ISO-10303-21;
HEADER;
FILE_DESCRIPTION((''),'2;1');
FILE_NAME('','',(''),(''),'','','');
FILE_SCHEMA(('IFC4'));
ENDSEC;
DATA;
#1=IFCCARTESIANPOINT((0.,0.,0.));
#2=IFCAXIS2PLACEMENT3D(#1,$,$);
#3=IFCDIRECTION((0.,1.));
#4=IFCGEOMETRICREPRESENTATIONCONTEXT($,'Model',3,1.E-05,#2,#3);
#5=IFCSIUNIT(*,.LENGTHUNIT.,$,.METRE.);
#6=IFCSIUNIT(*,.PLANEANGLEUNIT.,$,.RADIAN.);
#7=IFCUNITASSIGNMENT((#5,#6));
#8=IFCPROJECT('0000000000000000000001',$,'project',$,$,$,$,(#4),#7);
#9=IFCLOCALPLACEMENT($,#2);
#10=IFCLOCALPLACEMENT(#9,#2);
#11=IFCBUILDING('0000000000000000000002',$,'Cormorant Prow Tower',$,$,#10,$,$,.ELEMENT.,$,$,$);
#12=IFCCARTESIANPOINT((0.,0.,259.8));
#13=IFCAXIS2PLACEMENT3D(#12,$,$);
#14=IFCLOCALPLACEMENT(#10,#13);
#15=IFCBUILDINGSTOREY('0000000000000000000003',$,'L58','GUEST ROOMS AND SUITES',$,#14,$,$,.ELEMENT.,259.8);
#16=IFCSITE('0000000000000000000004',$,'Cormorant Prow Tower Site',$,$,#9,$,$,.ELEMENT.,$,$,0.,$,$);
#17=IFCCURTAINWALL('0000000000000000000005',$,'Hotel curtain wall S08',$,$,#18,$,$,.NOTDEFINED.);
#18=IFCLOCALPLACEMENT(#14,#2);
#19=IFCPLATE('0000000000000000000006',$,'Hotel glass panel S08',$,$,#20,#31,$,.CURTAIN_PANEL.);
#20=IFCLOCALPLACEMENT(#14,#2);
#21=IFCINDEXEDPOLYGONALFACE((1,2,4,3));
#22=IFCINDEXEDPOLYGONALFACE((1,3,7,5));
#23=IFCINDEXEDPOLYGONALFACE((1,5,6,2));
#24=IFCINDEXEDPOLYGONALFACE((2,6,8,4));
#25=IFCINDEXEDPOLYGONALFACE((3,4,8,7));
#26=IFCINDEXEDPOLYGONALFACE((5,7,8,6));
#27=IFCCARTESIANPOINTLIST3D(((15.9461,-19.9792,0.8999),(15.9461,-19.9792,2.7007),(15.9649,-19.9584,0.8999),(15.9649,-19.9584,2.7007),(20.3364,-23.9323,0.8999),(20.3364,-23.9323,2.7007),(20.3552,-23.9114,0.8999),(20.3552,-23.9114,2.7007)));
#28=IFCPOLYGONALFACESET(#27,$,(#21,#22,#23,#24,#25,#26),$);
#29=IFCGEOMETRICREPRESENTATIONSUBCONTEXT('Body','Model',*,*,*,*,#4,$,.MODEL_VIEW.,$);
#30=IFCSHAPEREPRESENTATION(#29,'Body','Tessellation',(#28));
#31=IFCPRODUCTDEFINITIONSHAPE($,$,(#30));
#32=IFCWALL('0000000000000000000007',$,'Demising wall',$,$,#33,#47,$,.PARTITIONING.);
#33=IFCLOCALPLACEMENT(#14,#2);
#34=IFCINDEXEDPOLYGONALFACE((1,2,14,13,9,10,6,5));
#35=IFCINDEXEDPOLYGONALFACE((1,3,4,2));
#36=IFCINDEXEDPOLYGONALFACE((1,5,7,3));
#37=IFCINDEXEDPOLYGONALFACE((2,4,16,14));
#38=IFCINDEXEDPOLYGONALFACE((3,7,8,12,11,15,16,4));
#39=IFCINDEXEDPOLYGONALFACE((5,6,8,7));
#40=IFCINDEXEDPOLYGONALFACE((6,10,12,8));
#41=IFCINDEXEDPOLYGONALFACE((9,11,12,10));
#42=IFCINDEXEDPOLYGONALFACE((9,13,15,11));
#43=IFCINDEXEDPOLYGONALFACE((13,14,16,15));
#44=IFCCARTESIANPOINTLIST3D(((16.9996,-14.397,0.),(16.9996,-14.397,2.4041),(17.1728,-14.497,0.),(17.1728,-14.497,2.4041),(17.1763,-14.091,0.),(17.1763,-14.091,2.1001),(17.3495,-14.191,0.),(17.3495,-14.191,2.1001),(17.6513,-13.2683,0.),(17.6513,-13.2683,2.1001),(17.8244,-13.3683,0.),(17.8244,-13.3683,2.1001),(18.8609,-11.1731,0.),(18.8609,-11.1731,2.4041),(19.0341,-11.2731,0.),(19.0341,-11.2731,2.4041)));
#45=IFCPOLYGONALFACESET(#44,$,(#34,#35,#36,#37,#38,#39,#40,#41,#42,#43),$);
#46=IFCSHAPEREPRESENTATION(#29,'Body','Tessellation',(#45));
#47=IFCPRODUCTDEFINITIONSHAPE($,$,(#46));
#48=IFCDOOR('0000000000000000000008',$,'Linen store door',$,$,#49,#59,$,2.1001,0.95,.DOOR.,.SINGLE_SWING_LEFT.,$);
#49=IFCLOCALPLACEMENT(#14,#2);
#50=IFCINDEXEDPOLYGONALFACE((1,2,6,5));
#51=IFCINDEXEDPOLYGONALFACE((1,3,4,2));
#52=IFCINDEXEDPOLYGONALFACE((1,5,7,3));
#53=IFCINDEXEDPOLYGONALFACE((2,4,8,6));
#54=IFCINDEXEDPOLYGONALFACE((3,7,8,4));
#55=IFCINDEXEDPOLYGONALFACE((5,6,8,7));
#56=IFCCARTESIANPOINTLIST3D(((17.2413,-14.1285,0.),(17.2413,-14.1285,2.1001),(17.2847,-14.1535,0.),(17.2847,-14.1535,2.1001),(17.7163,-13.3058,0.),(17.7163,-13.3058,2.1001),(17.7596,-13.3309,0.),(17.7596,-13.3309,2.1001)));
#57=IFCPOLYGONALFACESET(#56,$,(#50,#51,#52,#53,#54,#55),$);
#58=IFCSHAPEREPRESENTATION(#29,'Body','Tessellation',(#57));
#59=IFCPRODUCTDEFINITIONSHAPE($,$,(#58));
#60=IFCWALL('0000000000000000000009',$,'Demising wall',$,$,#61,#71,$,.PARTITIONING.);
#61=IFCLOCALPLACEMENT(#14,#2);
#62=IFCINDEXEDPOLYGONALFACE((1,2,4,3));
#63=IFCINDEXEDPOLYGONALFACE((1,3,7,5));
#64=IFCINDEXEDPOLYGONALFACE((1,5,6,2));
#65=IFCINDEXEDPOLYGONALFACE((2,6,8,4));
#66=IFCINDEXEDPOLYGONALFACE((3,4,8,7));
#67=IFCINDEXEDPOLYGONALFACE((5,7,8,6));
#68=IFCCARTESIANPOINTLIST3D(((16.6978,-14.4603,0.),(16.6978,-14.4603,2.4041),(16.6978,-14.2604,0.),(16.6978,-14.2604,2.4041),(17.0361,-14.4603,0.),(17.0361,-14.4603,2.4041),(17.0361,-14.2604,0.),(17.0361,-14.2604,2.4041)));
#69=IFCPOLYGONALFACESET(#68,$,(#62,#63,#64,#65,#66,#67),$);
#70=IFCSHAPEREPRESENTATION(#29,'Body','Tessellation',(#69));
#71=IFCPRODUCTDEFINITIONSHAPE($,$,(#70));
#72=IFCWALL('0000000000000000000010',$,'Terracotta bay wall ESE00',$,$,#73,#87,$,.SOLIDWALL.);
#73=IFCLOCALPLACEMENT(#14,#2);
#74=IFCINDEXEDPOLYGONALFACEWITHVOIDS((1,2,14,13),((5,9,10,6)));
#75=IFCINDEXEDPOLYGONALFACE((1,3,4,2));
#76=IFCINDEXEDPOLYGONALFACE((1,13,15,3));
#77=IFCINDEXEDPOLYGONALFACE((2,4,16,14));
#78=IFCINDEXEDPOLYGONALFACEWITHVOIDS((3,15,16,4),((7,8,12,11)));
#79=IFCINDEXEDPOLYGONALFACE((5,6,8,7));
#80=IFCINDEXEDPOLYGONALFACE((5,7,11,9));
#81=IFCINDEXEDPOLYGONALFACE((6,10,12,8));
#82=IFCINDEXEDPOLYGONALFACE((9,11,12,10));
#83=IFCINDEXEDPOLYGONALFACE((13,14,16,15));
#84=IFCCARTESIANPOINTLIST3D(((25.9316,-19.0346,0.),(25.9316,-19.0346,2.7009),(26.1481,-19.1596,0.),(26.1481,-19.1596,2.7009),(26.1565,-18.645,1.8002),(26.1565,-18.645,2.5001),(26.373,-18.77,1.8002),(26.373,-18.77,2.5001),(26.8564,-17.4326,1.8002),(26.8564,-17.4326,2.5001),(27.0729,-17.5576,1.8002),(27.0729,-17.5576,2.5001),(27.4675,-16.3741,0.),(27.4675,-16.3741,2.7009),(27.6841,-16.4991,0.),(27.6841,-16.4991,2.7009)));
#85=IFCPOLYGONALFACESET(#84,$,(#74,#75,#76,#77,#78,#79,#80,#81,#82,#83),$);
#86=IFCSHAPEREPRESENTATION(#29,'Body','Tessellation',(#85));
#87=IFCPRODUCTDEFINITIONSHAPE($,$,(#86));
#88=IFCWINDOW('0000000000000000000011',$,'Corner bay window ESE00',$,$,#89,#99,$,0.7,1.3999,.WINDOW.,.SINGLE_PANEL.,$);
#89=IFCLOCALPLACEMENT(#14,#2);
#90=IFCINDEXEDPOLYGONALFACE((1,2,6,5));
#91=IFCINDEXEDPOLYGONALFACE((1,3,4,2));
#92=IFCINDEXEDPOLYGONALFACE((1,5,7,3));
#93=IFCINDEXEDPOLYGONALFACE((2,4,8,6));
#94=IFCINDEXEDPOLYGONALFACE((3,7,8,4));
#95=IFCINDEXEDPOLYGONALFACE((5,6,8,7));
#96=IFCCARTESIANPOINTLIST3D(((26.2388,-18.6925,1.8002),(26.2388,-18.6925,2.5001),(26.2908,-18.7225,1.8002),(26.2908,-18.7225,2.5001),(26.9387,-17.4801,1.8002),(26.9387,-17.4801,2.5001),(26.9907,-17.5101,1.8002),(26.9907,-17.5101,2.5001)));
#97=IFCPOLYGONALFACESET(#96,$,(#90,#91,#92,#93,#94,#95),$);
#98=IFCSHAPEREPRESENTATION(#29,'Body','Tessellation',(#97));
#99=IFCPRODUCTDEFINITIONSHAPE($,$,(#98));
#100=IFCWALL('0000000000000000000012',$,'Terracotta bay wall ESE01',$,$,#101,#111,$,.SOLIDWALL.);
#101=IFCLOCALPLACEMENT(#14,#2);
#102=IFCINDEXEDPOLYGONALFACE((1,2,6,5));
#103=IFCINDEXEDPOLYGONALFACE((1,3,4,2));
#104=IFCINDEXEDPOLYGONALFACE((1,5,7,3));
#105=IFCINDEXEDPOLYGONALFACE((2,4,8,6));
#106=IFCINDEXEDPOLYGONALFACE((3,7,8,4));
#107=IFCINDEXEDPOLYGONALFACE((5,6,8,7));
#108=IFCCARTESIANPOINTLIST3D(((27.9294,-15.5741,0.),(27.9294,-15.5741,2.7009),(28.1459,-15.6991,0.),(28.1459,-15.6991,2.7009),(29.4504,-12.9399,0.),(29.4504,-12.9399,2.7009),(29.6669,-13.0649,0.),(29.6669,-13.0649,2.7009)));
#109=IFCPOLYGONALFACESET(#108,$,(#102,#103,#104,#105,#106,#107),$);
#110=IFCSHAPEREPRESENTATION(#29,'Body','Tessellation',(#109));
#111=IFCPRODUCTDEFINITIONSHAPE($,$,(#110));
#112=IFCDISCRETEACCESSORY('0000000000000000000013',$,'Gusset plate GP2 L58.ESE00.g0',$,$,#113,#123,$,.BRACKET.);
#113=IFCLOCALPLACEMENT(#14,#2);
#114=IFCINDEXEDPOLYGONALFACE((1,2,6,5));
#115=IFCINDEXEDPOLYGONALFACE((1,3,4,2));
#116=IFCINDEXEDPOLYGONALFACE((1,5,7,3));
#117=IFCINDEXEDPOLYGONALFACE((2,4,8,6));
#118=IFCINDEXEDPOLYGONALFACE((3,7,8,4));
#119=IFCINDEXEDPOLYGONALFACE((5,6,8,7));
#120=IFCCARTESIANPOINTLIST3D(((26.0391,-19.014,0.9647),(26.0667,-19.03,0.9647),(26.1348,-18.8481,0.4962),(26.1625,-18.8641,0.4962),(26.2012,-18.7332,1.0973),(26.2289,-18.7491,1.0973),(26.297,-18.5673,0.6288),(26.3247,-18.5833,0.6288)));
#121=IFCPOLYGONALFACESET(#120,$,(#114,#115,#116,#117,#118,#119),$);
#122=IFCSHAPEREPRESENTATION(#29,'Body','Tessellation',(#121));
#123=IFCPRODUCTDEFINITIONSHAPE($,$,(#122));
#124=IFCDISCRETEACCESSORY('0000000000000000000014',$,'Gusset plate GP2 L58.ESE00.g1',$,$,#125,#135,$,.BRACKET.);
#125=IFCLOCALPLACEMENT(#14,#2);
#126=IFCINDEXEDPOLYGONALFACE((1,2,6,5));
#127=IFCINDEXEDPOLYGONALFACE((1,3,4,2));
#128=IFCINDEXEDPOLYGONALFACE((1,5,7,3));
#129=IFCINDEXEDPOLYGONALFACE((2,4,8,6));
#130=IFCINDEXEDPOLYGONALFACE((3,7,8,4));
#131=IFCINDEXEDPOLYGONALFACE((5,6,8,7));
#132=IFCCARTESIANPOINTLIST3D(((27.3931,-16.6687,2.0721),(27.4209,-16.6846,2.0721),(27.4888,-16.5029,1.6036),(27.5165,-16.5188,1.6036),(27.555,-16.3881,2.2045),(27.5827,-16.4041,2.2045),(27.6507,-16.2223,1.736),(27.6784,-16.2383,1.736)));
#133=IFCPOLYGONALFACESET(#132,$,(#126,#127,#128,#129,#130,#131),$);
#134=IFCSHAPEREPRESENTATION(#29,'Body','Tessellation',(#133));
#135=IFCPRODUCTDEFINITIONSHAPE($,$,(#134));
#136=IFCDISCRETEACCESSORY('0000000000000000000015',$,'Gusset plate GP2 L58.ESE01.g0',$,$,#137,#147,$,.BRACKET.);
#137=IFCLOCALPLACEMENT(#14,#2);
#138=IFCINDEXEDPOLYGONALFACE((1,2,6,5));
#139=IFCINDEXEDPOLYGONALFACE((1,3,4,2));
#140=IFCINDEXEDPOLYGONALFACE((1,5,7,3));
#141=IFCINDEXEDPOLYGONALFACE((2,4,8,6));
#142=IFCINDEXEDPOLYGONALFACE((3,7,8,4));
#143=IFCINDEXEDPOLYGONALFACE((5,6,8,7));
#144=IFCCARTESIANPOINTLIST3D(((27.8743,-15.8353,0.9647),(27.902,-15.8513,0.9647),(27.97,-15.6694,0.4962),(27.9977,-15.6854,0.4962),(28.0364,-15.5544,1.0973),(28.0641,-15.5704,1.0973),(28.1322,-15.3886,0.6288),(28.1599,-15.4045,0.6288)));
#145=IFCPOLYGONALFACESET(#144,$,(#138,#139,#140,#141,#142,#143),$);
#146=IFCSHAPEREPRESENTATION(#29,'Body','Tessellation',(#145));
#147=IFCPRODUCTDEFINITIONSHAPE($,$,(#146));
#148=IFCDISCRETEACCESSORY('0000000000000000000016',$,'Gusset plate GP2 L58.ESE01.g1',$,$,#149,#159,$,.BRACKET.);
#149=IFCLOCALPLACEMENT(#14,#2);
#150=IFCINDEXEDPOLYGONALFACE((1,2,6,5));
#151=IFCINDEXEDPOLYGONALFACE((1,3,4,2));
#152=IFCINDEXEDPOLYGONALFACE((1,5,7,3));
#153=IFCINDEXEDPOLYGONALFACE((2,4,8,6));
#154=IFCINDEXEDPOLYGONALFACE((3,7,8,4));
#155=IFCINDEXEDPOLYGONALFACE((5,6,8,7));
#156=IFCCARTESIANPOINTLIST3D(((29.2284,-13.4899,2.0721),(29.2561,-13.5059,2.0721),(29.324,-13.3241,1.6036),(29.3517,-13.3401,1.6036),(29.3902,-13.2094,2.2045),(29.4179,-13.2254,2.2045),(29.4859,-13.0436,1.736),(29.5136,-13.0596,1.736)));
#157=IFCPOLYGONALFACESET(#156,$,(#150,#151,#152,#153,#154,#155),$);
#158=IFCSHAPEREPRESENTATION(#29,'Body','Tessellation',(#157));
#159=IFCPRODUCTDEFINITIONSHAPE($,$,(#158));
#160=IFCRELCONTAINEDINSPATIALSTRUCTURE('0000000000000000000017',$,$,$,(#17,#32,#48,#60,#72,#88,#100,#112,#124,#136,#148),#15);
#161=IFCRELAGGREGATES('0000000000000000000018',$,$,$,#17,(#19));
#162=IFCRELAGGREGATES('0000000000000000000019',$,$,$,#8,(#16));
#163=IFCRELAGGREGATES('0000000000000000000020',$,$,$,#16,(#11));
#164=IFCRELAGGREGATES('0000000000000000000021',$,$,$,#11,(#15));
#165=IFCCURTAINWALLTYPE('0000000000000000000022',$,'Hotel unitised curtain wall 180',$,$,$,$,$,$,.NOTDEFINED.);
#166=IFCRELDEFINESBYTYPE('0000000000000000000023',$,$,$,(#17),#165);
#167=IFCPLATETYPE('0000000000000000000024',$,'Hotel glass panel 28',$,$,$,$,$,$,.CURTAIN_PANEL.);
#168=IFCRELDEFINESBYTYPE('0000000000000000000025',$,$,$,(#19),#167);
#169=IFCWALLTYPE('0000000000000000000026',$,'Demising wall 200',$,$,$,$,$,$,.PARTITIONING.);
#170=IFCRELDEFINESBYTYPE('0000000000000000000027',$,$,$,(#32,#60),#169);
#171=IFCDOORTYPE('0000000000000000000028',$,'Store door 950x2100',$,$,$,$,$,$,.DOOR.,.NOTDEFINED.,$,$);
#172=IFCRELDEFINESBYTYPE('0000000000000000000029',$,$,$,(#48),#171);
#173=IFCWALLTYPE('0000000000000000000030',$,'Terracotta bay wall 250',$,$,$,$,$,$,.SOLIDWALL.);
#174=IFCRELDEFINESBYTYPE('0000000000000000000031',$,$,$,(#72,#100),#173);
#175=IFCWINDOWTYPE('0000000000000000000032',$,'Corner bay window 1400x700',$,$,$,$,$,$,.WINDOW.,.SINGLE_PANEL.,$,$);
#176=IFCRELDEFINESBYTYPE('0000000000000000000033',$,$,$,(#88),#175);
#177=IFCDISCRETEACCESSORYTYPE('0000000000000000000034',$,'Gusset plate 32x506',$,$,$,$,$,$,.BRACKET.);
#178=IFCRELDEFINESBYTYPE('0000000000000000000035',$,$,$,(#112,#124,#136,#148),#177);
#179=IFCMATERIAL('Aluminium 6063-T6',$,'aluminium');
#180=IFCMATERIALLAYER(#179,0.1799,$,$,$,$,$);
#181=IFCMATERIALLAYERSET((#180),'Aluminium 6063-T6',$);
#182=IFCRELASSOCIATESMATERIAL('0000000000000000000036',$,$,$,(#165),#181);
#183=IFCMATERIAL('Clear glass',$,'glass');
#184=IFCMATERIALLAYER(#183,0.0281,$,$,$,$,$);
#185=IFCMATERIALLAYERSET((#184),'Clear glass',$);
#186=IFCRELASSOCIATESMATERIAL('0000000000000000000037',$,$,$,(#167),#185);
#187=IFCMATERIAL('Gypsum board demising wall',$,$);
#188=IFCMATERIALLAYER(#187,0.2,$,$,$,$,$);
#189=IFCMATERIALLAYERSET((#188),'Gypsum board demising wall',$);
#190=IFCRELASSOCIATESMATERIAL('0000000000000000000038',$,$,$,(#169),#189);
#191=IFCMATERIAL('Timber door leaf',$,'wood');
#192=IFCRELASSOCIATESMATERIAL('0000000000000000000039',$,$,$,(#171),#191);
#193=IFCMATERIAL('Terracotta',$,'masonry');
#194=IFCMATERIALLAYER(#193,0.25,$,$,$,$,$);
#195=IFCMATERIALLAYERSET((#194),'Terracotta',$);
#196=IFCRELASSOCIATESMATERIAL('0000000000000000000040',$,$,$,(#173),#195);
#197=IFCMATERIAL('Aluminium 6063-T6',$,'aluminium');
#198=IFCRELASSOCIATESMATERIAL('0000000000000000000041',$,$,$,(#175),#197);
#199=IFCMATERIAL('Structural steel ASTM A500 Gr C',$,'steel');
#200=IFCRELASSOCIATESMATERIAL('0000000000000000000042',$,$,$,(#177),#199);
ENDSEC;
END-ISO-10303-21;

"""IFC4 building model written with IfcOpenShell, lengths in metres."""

from ifc_helpers import new_model, si_unit, direction, frame, frame_2d, origin, origin_2d, place, context, subcontext, project, spatial, rectangle, extrude, material, layer, layer_set, material_profile, profile_set, type_object, element, fill, aggregate, save


model = new_model("IFC4")

# Units and contexts
model_context = context("Model", 3, precision=1e-05, world=origin(), true_north=direction((0.0, 1.0)))
body_context = subcontext(model_context, "Body", "Model", "MODEL_VIEW")
ifc_project = project(units=[si_unit("LENGTHUNIT", "METRE"), si_unit("PLANEANGLEUNIT", "RADIAN")], contexts=[model_context])

# Site, building, storey
site_placement = place(None, origin())
site = spatial("IfcSite", under=ifc_project, at=site_placement, Name="Cormorant Prow Tower Site", CompositionType="ELEMENT", RefElevation=0.0)
building_placement = place(site_placement, origin())
building = spatial("IfcBuilding", under=site, at=building_placement, Name="Cormorant Prow Tower", CompositionType="ELEMENT")
storey_placement = place(building_placement, frame((0.0, 0.0, 259.8)))
storey = spatial("IfcBuildingStorey", under=building, at=storey_placement, Name="L58", Description="GUEST ROOMS AND SUITES", CompositionType="ELEMENT", Elevation=259.8)

# Curtain wall
ifc_material_1 = material(Name="Aluminium 6063-T6", Category="aluminium")
ifc_layer_1 = layer(ifc_material_1, 0.1799)
ifc_layer_set_1 = layer_set([ifc_layer_1], Name="Aluminium 6063-T6")
curtain_wall_type = type_object("IfcCurtainWallType", Name="Hotel unitised curtain wall 180", PredefinedType="NOTDEFINED", material=ifc_layer_set_1)
curtain_wall_placement = place(storey_placement, origin())
curtain_wall = element("IfcCurtainWall", 1, at=curtain_wall_placement, inside=storey, type_object=curtain_wall_type, Name="Hotel curtain wall S08", PredefinedType="NOTDEFINED")

# Plate
ifc_material_2 = material(Name="Clear glass", Category="glass")
ifc_layer_2 = layer(ifc_material_2, 0.0281)
ifc_layer_set_2 = layer_set([ifc_layer_2], Name="Clear glass")
plate_type = type_object("IfcPlateType", Name="Hotel glass panel 28", PredefinedType="CURTAIN_PANEL", material=ifc_layer_set_2)
plate_placement = place(storey_placement, frame((18.1506, -21.9453, 0.8999), z_axis=(0.0, 0.0, 1.0), x_axis=(0.743145, -0.669131, 0.0)))
plate = element("IfcPlate", 2, at=plate_placement, type_object=plate_type, Name="Hotel glass panel S08", PredefinedType="CURTAIN_PANEL", context=body_context, shape_type="SweptSolid", body=[
    extrude(rectangle(XDim=5.9077, YDim=0.0281, at=origin_2d()), origin(), (0.0, 0.0, 1.0), 1.8008),
])
aggregate(curtain_wall, [plate])

# Wall, opening, door
ifc_material_3 = material(Name="Gypsum board demising wall")
ifc_layer_3 = layer(ifc_material_3, 0.2)
ifc_layer_set_3 = layer_set([ifc_layer_3], Name="Gypsum board demising wall")
wall_type_1 = type_object("IfcWallType", Name="Demising wall 200", PredefinedType="PARTITIONING", material=ifc_layer_set_3)
wall_1_placement = place(storey_placement, frame((17.0862, -14.447, 0.0), z_axis=(0.0, 0.0, 1.0), x_axis=(0.500004, 0.866023, 0.0)))
wall_1 = element("IfcWall", 3, at=wall_1_placement, inside=storey, type_object=wall_type_1, Name="Demising wall", PredefinedType="PARTITIONING", context=body_context, shape_type="SweptSolid", body=[
    extrude(rectangle(XDim=3.7227, YDim=0.2, at=frame_2d((1.8613, 0.0))), origin(), (0.0, 0.0, 1.0), 2.4041),
])
opening_1_placement = place(wall_1_placement, frame((0.3533, 0.0, 0.0)))
opening_1 = element("IfcOpeningElement", 4, at=opening_1_placement, cuts=wall_1, PredefinedType="OPENING", context=body_context, shape_type="SweptSolid", body=[
    extrude(rectangle(XDim=0.95, YDim=2.1001, at=frame_2d((0.4751, 1.05))), frame((0.0, 0.1099, 0.0), z_axis=(0.0, -1.0, 0.0), x_axis=(1.0, 0.0, 0.0)), (0.0, 0.0, 1.0), 0.22),
])
ifc_material_4 = material(Name="Timber door leaf", Category="wood")
door_type_1 = type_object("IfcDoorType", Name="Store door 950x2100", OperationType="NOTDEFINED", PredefinedType="DOOR", material=ifc_material_4)
door_1_placement = place(opening_1_placement, origin())
door_1 = element("IfcDoor", 5, at=door_1_placement, inside=storey, type_object=door_type_1, Name="Linen store door", OperationType="SINGLE_SWING_LEFT", OverallHeight=2.1001, OverallWidth=0.95, PredefinedType="DOOR", context=body_context, shape_type="SweptSolid", body=[
    extrude(rectangle(XDim=0.95, YDim=2.1001, at=frame_2d((0.4751, 1.05))), frame((0.0, 0.0249, 0.0), z_axis=(0.0, -1.0, 0.0), x_axis=(1.0, 0.0, 0.0)), (0.0, 0.0, 1.0), 0.05),
])
fill(opening_1, door_1)

# Wall
wall_2_placement = place(storey_placement, frame((16.6978, -14.3604, 0.0), z_axis=(0.0, 0.0, 1.0), x_axis=(1.0, 0.0, 0.0)))
element("IfcWall", 6, at=wall_2_placement, inside=storey, type_object=wall_type_1, Name="Demising wall", PredefinedType="PARTITIONING", context=body_context, shape_type="SweptSolid", body=[
    extrude(rectangle(XDim=0.3384, YDim=0.2, at=frame_2d((0.1692, 0.0))), origin(), (0.0, 0.0, 1.0), 2.4041),
])

# Wall, opening, window
ifc_material_5 = material(Name="Terracotta", Category="masonry")
ifc_layer_4 = layer(ifc_material_5, 0.25)
ifc_layer_set_4 = layer_set([ifc_layer_4], Name="Terracotta")
wall_type_2 = type_object("IfcWallType", Name="Terracotta bay wall 250", PredefinedType="SOLIDWALL", material=ifc_layer_set_4)
wall_3_placement = place(storey_placement, frame((26.0398, -19.0972, 0.0), z_axis=(0.0, 0.0, 1.0), x_axis=(0.499977, 0.866039, 0.0)))
wall_3 = element("IfcWall", 7, at=wall_3_placement, inside=storey, type_object=wall_type_2, Name="Terracotta bay wall ESE00", PredefinedType="SOLIDWALL", context=body_context, shape_type="SweptSolid", body=[
    extrude(rectangle(XDim=3.072, YDim=0.25, at=frame_2d((1.5361, 0.0))), origin(), (0.0, 0.0, 1.0), 2.7009),
])
opening_2_placement = place(wall_3_placement, frame((0.45, 0.0, 1.8)))
opening_2 = element("IfcOpeningElement", 8, at=opening_2_placement, cuts=wall_3, PredefinedType="OPENING", context=body_context, shape_type="SweptSolid", body=[
    extrude(rectangle(XDim=1.3999, YDim=0.7, at=frame_2d((0.7, 0.3501))), frame((0.0, 0.135, 0.0), z_axis=(0.0, -1.0, 0.0), x_axis=(1.0, 0.0, 0.0)), (0.0, 0.0, 1.0), 0.27),
])
ifc_material_6 = material(Name="Aluminium 6063-T6", Category="aluminium")
window_type = type_object("IfcWindowType", Name="Corner bay window 1400x700", PartitioningType="SINGLE_PANEL", PredefinedType="WINDOW", material=ifc_material_6)
window_placement = place(opening_2_placement, origin())
window = element("IfcWindow", 9, at=window_placement, inside=storey, type_object=window_type, Name="Corner bay window ESE00", OverallHeight=0.7, OverallWidth=1.3999, PartitioningType="SINGLE_PANEL", PredefinedType="WINDOW", context=body_context, shape_type="SweptSolid", body=[
    extrude(rectangle(XDim=1.3999, YDim=0.7, at=frame_2d((0.7, 0.3501))), frame((0.0, 0.03, 0.0), z_axis=(0.0, -1.0, 0.0), x_axis=(1.0, 0.0, 0.0)), (0.0, 0.0, 1.0), 0.0601),
])
fill(opening_2, window)

# Wall
wall_4_placement = place(storey_placement, frame((28.0376, -15.6367, 0.0), z_axis=(0.0, 0.0, 1.0), x_axis=(0.500024, 0.866012, 0.0)))
element("IfcWall", 10, at=wall_4_placement, inside=storey, type_object=wall_type_2, Name="Terracotta bay wall ESE01", PredefinedType="SOLIDWALL", context=body_context, shape_type="SweptSolid", body=[
    extrude(rectangle(XDim=3.0417, YDim=0.25, at=frame_2d((1.521, 0.0))), origin(), (0.0, 0.0, 1.0), 2.7009),
])

# Discrete accessories
ifc_material_7 = material(Name="Structural steel ASTM A500 Gr C", Category="steel")
ifc_material_profile_1 = material_profile(ifc_material_7, rectangle(XDim=0.032, YDim=0.5061, at=origin_2d()), Name="Gusset plate 32x506")
ifc_profile_set_1 = profile_set([ifc_material_profile_1], Name="Structural steel ASTM A500 Gr C")
discrete_accessory_type = type_object("IfcDiscreteAccessoryType", Name="Gusset plate 32x506", PredefinedType="BRACKET", material=ifc_profile_set_1)
discrete_accessory_1_placement = place(storey_placement, frame((26.2629, -18.6582, 0.863), z_axis=(-0.462828, -0.801584, -0.378487), x_axis=(0.86601, -0.500027, 0.0)))
element("IfcDiscreteAccessory", 11, at=discrete_accessory_1_placement, inside=storey, type_object=discrete_accessory_type, Name="Gusset plate GP2 L58.ESE00.g0", PredefinedType="BRACKET", context=body_context, shape_type="SweptSolid", body=[
    extrude(rectangle(XDim=0.032, YDim=0.5061, at=origin_2d()), origin(), (0.0, 0.0, 1.0), 0.3503),
])
discrete_accessory_2_placement = place(storey_placement, frame((27.4548, -16.5938, 1.8379), z_axis=(0.462661, 0.801806, 0.378223), x_axis=(-0.866148, 0.499788, 0.0)))
element("IfcDiscreteAccessory", 12, at=discrete_accessory_2_placement, inside=storey, type_object=discrete_accessory_type, Name="Gusset plate GP2 L58.ESE00.g1", PredefinedType="BRACKET", context=body_context, shape_type="SweptSolid", body=[
    extrude(rectangle(XDim=0.032, YDim=0.5061, at=origin_2d()), origin(), (0.0, 0.0, 1.0), 0.3499),
])
discrete_accessory_3_placement = place(storey_placement, frame((28.0981, -15.4795, 0.863), z_axis=(-0.462828, -0.801584, -0.378487), x_axis=(0.86601, -0.500027, 0.0)))
element("IfcDiscreteAccessory", 13, at=discrete_accessory_3_placement, inside=storey, type_object=discrete_accessory_type, Name="Gusset plate GP2 L58.ESE01.g0", PredefinedType="BRACKET", context=body_context, shape_type="SweptSolid", body=[
    extrude(rectangle(XDim=0.032, YDim=0.5061, at=origin_2d()), origin(), (0.0, 0.0, 1.0), 0.3503),
])
discrete_accessory_4_placement = place(storey_placement, frame((29.29, -13.415, 1.8379), z_axis=(0.462661, 0.801806, 0.378223), x_axis=(-0.866148, 0.499788, 0.0)))
element("IfcDiscreteAccessory", 14, at=discrete_accessory_4_placement, inside=storey, type_object=discrete_accessory_type, Name="Gusset plate GP2 L58.ESE01.g1", PredefinedType="BRACKET", context=body_context, shape_type="SweptSolid", body=[
    extrude(rectangle(XDim=0.032, YDim=0.5061, at=origin_2d()), origin(), (0.0, 0.0, 1.0), 0.3499),
])

save(model, "model.ifc")
